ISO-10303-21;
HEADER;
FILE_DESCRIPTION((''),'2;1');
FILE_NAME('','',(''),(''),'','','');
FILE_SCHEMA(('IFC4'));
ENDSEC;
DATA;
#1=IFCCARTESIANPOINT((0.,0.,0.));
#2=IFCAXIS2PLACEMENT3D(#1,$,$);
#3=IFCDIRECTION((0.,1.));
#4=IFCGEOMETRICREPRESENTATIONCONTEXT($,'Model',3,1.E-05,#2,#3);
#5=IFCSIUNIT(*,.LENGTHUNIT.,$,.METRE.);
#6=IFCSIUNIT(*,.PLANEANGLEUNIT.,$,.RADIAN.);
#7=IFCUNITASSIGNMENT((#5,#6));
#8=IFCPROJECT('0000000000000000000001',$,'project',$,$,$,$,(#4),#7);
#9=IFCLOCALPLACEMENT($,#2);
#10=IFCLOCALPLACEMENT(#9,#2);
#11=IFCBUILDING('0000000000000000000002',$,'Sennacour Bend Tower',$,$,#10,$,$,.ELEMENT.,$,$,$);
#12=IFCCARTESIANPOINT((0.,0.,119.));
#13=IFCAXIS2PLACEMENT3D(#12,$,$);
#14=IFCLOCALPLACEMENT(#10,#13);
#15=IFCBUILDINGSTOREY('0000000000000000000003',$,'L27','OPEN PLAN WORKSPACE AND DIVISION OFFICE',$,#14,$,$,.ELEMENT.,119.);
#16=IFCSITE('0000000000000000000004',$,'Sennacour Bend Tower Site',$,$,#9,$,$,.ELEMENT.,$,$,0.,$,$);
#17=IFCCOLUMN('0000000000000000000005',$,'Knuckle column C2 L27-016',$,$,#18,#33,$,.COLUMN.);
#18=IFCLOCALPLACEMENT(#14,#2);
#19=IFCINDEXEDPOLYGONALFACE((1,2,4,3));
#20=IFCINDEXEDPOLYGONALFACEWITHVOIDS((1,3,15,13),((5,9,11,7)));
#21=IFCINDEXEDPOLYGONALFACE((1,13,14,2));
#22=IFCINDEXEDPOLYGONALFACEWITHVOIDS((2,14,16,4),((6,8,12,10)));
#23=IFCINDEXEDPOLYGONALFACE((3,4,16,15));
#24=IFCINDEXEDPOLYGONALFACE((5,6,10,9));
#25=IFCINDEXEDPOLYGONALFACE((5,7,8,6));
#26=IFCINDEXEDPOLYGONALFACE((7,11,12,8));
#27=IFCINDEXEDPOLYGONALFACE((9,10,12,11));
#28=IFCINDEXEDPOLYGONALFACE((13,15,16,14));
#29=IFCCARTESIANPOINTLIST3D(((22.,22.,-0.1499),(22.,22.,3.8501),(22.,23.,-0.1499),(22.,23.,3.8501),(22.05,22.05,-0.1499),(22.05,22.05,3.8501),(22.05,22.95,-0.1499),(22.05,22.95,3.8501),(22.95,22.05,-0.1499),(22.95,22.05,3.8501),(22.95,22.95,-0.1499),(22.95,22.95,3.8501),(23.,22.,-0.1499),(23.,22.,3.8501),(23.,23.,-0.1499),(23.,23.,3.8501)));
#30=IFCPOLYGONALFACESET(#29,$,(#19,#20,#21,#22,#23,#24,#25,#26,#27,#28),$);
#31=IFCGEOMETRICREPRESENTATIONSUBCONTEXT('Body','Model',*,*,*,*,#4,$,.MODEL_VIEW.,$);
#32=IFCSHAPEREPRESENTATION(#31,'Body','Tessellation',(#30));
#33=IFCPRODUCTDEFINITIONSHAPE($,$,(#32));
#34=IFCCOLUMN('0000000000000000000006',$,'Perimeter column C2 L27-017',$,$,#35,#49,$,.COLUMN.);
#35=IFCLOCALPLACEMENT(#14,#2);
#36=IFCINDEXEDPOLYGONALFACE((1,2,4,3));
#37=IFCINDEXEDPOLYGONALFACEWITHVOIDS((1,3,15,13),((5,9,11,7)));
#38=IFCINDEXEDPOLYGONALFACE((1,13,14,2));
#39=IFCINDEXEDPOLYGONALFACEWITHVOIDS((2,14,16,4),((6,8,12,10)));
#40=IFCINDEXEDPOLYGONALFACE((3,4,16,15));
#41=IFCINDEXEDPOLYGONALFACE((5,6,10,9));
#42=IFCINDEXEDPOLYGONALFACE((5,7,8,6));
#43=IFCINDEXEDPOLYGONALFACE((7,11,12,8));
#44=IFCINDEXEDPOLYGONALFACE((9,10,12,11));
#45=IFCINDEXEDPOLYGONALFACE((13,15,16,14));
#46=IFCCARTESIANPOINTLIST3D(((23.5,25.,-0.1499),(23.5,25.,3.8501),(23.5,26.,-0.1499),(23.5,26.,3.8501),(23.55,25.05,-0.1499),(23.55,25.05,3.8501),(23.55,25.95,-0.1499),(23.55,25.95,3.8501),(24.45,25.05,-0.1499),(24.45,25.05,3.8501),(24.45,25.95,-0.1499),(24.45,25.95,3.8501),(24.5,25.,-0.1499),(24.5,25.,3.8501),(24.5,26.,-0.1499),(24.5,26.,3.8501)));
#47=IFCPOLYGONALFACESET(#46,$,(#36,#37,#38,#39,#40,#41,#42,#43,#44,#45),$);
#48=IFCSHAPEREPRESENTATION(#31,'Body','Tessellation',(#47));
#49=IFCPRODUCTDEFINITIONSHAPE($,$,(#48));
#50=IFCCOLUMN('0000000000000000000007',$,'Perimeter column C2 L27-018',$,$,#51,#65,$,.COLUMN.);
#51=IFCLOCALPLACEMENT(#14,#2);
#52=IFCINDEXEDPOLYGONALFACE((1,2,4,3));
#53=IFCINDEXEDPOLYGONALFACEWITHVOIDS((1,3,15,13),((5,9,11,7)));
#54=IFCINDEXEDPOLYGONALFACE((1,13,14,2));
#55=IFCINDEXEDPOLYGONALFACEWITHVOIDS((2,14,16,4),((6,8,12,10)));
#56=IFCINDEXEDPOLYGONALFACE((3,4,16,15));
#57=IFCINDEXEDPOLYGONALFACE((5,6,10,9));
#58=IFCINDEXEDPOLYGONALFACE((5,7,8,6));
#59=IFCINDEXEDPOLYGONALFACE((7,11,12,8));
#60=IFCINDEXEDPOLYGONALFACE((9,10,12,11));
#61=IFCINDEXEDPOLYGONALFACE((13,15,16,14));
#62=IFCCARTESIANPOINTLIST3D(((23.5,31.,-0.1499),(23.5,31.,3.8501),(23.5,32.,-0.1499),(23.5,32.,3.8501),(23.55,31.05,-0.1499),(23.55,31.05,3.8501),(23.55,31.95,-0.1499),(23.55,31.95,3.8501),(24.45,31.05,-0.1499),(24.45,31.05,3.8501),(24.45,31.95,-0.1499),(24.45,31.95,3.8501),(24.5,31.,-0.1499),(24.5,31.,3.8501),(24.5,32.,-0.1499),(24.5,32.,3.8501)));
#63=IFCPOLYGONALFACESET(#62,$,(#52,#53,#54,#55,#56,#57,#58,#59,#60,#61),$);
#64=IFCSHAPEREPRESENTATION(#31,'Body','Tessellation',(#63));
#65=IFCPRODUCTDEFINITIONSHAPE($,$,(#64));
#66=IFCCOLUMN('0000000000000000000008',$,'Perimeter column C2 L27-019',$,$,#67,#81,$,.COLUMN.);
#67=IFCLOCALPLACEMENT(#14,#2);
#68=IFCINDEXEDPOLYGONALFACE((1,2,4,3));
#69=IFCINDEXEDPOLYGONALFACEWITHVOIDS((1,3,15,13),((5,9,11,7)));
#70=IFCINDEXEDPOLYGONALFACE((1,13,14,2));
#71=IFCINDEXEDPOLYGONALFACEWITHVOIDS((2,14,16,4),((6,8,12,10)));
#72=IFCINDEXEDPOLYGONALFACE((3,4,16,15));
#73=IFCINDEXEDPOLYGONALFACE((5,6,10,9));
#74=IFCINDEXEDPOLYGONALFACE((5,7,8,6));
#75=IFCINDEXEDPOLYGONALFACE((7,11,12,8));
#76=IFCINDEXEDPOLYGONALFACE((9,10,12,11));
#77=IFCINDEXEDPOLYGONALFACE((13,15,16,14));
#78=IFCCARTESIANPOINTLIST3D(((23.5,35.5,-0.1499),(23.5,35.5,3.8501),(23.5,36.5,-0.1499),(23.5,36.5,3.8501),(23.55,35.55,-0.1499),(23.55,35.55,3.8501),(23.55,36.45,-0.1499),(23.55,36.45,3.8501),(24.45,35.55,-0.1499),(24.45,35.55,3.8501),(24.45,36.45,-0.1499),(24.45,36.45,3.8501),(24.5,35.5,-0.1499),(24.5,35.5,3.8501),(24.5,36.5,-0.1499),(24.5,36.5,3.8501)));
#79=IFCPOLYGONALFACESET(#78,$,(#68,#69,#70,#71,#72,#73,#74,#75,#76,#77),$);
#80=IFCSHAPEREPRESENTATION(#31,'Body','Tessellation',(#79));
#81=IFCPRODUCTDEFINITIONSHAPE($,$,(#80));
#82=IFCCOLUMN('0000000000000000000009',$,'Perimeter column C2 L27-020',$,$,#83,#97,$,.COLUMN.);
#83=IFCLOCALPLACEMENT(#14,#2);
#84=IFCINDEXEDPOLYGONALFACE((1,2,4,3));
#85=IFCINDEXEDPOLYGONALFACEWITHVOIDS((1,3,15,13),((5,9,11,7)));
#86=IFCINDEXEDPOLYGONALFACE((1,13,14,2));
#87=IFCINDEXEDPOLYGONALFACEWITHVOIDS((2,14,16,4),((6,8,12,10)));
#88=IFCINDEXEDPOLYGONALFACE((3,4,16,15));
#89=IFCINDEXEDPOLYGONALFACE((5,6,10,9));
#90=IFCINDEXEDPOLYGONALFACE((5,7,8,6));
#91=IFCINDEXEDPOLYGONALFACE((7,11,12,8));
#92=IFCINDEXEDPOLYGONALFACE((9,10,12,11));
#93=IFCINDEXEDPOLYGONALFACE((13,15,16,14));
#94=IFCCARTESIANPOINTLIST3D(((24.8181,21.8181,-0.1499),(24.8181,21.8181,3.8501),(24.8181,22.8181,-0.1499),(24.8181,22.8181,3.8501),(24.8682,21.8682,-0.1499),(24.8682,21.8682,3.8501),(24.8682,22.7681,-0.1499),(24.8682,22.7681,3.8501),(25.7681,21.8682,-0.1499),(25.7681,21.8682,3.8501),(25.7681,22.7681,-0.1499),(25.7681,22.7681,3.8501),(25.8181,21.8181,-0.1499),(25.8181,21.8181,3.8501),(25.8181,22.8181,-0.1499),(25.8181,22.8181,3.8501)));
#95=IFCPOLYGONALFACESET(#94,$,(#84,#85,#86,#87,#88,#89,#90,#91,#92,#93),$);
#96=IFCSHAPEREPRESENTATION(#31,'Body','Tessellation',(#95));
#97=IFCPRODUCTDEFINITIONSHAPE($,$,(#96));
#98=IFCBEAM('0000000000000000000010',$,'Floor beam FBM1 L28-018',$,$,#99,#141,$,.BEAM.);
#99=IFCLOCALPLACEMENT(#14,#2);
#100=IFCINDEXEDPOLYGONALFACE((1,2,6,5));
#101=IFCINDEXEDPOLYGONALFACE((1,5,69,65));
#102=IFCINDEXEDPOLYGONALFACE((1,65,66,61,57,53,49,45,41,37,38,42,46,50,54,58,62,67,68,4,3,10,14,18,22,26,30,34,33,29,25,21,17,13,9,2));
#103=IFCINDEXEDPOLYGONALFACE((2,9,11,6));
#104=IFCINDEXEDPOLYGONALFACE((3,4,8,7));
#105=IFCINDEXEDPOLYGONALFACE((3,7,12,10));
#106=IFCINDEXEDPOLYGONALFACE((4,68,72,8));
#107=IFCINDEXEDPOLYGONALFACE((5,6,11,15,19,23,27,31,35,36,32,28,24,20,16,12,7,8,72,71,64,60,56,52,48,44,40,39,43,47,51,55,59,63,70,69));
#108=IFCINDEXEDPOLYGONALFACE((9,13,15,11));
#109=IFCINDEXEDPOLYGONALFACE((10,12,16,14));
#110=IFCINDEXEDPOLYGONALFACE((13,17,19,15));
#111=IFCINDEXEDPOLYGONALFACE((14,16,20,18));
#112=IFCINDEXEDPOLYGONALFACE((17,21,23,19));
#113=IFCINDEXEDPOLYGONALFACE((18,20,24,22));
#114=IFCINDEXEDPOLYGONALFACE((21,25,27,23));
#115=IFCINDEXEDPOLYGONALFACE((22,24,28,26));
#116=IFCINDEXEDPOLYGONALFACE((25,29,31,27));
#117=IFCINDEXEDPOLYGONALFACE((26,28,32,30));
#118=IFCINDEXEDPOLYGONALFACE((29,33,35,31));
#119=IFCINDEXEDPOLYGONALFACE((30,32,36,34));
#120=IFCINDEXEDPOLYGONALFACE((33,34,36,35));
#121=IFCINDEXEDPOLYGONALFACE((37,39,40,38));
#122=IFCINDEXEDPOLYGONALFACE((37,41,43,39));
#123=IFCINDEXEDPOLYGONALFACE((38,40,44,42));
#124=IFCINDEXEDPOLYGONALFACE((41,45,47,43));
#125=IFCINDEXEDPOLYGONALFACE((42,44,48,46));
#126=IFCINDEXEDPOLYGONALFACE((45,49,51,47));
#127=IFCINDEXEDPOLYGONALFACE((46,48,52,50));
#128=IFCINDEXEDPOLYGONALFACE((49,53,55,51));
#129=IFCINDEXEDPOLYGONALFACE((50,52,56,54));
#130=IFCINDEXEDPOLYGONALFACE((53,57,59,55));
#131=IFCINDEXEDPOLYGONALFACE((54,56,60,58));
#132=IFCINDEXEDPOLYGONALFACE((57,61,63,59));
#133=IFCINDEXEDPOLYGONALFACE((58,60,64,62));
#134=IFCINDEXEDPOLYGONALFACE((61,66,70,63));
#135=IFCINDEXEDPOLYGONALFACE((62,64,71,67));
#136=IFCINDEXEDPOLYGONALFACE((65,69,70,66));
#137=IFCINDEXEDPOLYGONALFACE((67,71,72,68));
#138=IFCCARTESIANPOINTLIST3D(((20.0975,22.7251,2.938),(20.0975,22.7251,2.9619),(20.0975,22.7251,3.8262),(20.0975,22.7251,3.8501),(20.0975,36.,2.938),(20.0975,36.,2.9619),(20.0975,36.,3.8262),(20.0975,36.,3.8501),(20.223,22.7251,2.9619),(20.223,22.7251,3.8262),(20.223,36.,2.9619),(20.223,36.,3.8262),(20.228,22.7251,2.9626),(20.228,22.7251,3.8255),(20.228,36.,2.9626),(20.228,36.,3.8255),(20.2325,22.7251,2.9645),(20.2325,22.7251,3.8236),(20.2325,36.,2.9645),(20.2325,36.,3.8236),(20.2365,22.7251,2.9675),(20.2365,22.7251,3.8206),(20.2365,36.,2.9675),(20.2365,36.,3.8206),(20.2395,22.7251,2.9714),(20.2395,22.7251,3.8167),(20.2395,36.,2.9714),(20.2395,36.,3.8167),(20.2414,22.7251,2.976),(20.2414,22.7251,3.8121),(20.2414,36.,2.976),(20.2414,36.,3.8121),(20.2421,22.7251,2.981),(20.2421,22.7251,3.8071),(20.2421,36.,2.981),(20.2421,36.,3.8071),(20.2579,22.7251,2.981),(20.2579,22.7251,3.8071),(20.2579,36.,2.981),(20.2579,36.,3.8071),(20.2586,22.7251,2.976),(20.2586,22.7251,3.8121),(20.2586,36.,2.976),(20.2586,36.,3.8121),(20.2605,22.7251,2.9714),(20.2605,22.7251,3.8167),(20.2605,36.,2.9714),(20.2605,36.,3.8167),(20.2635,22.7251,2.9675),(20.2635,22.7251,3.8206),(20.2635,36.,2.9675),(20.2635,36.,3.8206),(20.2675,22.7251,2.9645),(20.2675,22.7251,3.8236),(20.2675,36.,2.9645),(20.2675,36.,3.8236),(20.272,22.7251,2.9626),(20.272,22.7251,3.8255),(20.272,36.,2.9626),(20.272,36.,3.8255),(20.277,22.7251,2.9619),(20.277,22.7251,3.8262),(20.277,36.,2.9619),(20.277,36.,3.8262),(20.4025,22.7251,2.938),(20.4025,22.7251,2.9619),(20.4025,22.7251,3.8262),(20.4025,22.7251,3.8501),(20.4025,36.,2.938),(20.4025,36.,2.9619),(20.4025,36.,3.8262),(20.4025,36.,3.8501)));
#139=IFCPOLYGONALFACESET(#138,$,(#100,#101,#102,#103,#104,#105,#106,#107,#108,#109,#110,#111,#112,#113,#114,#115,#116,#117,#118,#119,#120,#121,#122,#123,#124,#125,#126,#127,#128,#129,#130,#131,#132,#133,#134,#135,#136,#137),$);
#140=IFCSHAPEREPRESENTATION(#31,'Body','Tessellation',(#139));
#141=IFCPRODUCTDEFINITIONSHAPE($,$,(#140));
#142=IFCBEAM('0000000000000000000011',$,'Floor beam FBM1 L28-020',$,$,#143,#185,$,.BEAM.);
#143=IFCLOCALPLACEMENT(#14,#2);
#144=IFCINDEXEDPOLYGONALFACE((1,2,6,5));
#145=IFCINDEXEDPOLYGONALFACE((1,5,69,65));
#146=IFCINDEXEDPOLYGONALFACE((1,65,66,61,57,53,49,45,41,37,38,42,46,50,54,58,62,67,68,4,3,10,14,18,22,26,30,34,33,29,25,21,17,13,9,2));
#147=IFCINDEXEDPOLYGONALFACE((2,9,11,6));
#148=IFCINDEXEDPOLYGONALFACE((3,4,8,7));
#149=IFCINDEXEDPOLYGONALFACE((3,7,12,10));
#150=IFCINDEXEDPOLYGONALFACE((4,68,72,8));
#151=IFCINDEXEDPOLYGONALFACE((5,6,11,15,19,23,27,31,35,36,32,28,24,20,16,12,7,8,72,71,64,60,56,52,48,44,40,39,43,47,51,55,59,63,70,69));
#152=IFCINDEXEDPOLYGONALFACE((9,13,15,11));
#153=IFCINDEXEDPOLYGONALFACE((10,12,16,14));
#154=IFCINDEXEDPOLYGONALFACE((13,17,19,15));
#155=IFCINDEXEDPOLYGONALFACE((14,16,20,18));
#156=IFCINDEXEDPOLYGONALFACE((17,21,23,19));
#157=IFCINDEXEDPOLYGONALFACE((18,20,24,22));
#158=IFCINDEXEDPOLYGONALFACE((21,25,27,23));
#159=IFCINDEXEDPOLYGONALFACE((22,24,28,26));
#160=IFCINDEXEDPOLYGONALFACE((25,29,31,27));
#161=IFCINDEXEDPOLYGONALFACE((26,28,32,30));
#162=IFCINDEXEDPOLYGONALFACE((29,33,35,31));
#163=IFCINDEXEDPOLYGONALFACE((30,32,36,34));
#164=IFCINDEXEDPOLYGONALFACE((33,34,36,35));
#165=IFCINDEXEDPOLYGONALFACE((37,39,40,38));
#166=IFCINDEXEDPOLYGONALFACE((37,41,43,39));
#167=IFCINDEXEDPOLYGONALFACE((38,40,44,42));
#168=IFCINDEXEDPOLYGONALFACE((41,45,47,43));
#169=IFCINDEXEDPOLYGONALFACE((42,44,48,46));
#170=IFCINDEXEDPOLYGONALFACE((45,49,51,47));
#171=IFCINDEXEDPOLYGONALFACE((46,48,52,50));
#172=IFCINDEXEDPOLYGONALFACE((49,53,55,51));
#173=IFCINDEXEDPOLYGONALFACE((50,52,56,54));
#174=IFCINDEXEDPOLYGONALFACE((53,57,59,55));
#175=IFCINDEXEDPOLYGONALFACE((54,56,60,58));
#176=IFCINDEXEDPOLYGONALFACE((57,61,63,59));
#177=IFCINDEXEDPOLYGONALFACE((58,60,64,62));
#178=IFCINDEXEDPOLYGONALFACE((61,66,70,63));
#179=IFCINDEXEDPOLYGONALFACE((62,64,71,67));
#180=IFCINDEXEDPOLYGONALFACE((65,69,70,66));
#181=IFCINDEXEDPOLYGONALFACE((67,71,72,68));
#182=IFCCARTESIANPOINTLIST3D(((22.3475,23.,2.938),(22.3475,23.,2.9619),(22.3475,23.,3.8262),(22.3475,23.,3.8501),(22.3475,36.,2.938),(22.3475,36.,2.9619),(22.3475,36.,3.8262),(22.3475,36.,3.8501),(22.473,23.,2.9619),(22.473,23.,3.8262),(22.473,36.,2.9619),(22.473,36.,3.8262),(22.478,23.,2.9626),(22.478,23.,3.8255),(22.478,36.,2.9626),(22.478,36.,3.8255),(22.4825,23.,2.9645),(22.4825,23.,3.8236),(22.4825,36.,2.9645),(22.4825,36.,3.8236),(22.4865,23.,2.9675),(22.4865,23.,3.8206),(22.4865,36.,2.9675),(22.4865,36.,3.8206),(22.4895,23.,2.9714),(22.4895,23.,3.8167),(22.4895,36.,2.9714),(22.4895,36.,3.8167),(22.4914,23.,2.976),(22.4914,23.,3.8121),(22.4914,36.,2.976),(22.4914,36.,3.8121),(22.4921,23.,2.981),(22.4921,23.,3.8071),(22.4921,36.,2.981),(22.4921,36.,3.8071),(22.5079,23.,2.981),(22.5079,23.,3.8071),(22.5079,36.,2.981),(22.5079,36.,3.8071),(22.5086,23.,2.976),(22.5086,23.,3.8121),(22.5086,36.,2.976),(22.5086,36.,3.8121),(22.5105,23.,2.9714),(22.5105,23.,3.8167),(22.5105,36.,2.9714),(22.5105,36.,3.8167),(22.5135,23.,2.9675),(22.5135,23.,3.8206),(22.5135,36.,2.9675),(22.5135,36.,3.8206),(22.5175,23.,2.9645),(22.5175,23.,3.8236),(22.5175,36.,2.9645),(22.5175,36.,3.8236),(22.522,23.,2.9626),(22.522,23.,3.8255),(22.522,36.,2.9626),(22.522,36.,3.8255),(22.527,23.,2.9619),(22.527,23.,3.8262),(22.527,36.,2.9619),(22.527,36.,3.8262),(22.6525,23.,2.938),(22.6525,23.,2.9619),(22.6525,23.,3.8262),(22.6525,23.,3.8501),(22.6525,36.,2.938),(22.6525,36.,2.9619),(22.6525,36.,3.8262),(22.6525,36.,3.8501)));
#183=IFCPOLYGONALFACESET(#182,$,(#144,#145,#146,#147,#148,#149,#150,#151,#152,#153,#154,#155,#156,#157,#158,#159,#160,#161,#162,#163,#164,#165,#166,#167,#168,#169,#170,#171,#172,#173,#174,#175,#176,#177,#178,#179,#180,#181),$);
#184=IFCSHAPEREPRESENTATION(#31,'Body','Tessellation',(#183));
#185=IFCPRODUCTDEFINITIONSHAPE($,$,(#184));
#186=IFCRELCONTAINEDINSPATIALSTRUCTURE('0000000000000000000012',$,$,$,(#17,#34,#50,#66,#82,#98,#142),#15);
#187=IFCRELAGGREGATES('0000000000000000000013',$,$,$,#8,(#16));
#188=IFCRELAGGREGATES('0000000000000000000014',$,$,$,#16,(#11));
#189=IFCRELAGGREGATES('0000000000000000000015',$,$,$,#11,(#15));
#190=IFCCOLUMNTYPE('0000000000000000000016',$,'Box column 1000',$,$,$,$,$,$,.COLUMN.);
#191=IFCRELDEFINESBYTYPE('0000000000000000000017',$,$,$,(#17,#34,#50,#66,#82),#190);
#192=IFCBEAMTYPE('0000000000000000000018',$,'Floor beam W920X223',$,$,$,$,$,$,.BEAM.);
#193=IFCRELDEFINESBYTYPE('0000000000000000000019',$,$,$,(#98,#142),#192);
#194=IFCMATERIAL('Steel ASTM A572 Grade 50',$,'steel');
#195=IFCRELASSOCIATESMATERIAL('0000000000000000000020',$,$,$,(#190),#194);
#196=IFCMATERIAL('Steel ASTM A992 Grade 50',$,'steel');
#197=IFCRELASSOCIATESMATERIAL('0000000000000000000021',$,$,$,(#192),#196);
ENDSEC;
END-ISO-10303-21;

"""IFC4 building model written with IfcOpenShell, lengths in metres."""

from ifc_helpers import new_model, si_unit, direction, frame, origin, origin_2d, place, context, subcontext, project, spatial, hollow_rectangle, i_section, extrude, material, material_profile, profile_set, type_object, element, save


model = new_model("IFC4")

# Units and contexts
model_context = context("Model", 3, precision=1e-05, world=origin(), true_north=direction((0.0, 1.0)))
body_context = subcontext(model_context, "Body", "Model", "MODEL_VIEW")
ifc_project = project(units=[si_unit("LENGTHUNIT", "METRE"), si_unit("PLANEANGLEUNIT", "RADIAN")], contexts=[model_context])

# Site, building, storey
site_placement = place(None, origin())
site = spatial("IfcSite", under=ifc_project, at=site_placement, Name="Sennacour Bend Tower Site", CompositionType="ELEMENT", RefElevation=0.0)
building_placement = place(site_placement, origin())
building = spatial("IfcBuilding", under=site, at=building_placement, Name="Sennacour Bend Tower", CompositionType="ELEMENT")
storey_placement = place(building_placement, frame((0.0, 0.0, 119.0)))
storey = spatial("IfcBuildingStorey", under=building, at=storey_placement, Name="L27", Description="OPEN PLAN WORKSPACE AND DIVISION OFFICE", CompositionType="ELEMENT", Elevation=119.0)

# Columns
ifc_material_1 = material(Name="Steel ASTM A572 Grade 50", Category="steel")
ifc_material_profile_1 = material_profile(ifc_material_1, hollow_rectangle(XDim=1.0, YDim=1.0, WallThickness=0.05, at=origin_2d()), Name="Steel ASTM A572 Grade 50", Category="steel")
ifc_profile_set_1 = profile_set([ifc_material_profile_1], Name="Steel ASTM A572 Grade 50")
column_type = type_object("IfcColumnType", Name="Box column 1000", PredefinedType="COLUMN", material=ifc_profile_set_1)
for number, where, z_axis, x_axis, name in (
    (1, (22.5, 22.5, -0.1499), (0.0, 0.0, 1.0), (1.0, 0.0, 0.0), "Knuckle column C2 L27-016"),
    (2, (24.0, 25.5, -0.1499), (0.0, 0.0, 1.0), (1.0, 0.0, 0.0), "Perimeter column C2 L27-017"),
    (3, (24.0, 31.5, -0.1499), (0.0, 0.0, 1.0), (1.0, 0.0, 0.0), "Perimeter column C2 L27-018"),
    (4, (24.0, 36.0, -0.1499), (0.0, 0.0, 1.0), (1.0, 0.0, 0.0), "Perimeter column C2 L27-019"),
    (5, (25.3181, 22.3181, -0.1499), (0.0, 0.0, 1.0), (1.0, 0.0, 0.0), "Perimeter column C2 L27-020"),
):
    element("IfcColumn", number, at=place(storey_placement, frame(where, z_axis=z_axis, x_axis=x_axis)), inside=storey, type_object=column_type, Name=name, PredefinedType="COLUMN", context=body_context, shape_type="SweptSolid", body=[
        extrude(hollow_rectangle(XDim=1.0, YDim=1.0, WallThickness=0.05, at=origin_2d()), origin(), (0.0, 0.0, 1.0), 4.0),
    ])

# Beams
ifc_material_2 = material(Name="Steel ASTM A992 Grade 50", Category="steel")
ifc_material_profile_2 = material_profile(ifc_material_2, i_section(OverallWidth=0.3049, OverallDepth=0.9121, WebThickness=0.0159, FlangeThickness=0.0239, FilletRadius=0.019, at=origin_2d()), Name="Steel ASTM A992 Grade 50", Category="steel")
ifc_profile_set_2 = profile_set([ifc_material_profile_2], Name="Steel ASTM A992 Grade 50")
beam_type_1 = type_object("IfcBeamType", Name="Floor beam W920X223", PredefinedType="BEAM", material=ifc_profile_set_2)
beam_1_placement = place(storey_placement, frame((20.25, 22.7251, 3.394), z_axis=(0.0, 1.0, 0.0), x_axis=(-1.0, 0.0, 0.0)))
element("IfcBeam", 6, at=beam_1_placement, inside=storey, type_object=beam_type_1, Name="Floor beam FBM1 L28-018", PredefinedType="BEAM", context=body_context, shape_type="SweptSolid", body=[
    extrude(i_section(OverallWidth=0.3049, OverallDepth=0.9121, WebThickness=0.0159, FlangeThickness=0.0239, FilletRadius=0.019, at=origin_2d()), origin(), (0.0, 0.0, 1.0), 13.2749),
])
beam_2_placement = place(storey_placement, frame((22.5, 23.0, 3.394), z_axis=(0.0, 1.0, 0.0), x_axis=(-1.0, 0.0, 0.0)))
element("IfcBeam", 7, at=beam_2_placement, inside=storey, type_object=beam_type_1, Name="Floor beam FBM1 L28-020", PredefinedType="BEAM", context=body_context, shape_type="SweptSolid", body=[
    extrude(i_section(OverallWidth=0.3049, OverallDepth=0.9121, WebThickness=0.0159, FlangeThickness=0.0239, FilletRadius=0.019, at=origin_2d()), origin(), (0.0, 0.0, 1.0), 13.0),
])

save(model, "model.ifc")
